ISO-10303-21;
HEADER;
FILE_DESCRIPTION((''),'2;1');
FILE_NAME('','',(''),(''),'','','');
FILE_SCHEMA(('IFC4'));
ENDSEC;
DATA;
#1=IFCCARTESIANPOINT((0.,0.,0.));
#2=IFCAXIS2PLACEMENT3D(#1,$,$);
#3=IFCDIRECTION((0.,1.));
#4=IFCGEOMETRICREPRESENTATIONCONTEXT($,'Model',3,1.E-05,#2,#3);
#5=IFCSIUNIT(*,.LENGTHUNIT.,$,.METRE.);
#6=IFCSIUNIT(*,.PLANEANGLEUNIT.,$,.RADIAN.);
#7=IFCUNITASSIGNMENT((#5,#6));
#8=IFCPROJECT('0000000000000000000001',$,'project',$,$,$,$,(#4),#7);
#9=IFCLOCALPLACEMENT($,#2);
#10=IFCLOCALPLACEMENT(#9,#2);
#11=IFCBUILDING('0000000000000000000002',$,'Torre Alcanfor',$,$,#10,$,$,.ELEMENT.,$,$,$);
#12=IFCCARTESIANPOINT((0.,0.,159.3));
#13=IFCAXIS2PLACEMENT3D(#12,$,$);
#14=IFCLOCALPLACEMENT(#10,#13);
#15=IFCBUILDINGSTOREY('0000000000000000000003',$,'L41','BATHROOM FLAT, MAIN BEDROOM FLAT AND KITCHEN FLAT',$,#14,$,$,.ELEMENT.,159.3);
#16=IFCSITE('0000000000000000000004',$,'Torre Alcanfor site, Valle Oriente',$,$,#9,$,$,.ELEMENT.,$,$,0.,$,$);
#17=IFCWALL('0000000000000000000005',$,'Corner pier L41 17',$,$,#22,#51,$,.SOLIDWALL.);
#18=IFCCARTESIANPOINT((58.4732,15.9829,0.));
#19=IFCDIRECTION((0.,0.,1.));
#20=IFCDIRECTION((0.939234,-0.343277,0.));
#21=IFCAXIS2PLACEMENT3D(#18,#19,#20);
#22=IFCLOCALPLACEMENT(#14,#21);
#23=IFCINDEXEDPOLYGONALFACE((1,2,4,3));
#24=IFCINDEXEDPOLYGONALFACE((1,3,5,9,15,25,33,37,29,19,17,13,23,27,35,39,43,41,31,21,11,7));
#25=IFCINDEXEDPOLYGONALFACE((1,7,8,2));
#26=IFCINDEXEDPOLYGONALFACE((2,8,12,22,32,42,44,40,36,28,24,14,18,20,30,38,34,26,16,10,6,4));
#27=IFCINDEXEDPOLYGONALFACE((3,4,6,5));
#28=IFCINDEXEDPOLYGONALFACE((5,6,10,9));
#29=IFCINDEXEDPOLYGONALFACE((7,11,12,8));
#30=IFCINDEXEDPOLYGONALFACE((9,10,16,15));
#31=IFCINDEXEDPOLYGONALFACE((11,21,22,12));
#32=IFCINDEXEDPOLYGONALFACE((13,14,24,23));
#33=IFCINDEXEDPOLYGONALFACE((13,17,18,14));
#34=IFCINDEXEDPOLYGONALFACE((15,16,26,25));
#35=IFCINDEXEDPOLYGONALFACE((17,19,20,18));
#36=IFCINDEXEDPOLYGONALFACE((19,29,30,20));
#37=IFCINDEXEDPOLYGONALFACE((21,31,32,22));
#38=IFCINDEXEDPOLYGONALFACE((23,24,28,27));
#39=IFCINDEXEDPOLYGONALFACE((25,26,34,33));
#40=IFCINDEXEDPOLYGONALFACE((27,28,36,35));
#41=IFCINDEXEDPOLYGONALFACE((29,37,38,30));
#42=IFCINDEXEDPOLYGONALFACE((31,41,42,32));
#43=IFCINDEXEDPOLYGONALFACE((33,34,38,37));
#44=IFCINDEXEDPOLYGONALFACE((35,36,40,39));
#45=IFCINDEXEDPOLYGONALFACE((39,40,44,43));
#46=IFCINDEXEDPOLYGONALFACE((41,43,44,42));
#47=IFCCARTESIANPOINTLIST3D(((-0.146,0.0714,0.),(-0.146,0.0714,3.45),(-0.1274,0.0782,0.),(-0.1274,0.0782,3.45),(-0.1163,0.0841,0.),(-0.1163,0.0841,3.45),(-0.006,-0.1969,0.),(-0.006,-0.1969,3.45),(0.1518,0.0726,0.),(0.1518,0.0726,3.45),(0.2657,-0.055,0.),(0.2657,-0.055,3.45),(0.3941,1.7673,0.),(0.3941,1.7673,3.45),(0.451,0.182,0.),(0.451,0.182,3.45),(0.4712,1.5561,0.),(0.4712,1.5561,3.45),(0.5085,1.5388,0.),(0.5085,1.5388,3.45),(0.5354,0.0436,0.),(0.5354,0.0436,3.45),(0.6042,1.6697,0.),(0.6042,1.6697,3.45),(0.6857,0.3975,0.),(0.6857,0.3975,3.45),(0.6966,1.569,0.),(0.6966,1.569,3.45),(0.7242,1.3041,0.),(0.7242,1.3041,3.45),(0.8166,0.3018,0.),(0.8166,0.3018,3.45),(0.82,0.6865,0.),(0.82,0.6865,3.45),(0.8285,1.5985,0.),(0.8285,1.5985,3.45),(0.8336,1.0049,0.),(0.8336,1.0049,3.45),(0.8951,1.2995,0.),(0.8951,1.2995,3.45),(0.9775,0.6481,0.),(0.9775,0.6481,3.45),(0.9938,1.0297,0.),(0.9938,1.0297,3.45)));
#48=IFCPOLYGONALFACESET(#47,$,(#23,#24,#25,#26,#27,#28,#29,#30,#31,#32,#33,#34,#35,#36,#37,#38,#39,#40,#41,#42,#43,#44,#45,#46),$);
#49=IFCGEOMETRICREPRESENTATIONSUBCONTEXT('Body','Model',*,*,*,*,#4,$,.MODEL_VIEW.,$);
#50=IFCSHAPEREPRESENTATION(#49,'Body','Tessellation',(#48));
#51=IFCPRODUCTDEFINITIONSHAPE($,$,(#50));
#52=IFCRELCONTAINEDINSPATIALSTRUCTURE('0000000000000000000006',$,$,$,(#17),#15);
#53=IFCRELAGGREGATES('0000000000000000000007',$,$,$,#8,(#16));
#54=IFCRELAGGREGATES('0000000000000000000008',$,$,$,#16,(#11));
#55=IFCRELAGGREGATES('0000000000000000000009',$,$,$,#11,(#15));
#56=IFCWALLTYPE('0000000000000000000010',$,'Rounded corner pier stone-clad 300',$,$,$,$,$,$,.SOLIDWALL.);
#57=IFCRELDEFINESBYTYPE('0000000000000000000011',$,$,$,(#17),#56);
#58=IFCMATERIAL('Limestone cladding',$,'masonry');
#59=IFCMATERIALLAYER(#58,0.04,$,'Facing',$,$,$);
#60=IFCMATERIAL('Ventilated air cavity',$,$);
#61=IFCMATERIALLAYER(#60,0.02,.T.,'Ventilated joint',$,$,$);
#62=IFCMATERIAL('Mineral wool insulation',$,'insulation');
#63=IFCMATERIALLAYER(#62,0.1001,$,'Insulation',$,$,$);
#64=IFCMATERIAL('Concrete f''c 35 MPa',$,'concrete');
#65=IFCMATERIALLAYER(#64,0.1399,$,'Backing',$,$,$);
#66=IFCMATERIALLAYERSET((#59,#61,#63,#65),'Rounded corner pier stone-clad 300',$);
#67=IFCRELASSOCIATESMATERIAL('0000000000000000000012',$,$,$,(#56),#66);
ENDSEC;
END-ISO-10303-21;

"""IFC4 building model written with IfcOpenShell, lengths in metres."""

from ifc_helpers import new_model, si_unit, direction, frame, origin, place, context, subcontext, project, spatial, polyline, outline, extrude, material, layer, layer_set, type_object, element, save


model = new_model("IFC4")

# Units and contexts
model_context = context("Model", 3, precision=1e-05, world=origin(), true_north=direction((0.0, 1.0)))
body_context = subcontext(model_context, "Body", "Model", "MODEL_VIEW")
ifc_project = project(units=[si_unit("LENGTHUNIT", "METRE"), si_unit("PLANEANGLEUNIT", "RADIAN")], contexts=[model_context])

# Site, building, storey
site_placement = place(None, origin())
site = spatial("IfcSite", under=ifc_project, at=site_placement, Name="Torre Alcanfor site, Valle Oriente", CompositionType="ELEMENT", RefElevation=0.0)
building_placement = place(site_placement, origin())
building = spatial("IfcBuilding", under=site, at=building_placement, Name="Torre Alcanfor", CompositionType="ELEMENT")
storey_placement = place(building_placement, frame((0.0, 0.0, 159.3)))
storey = spatial("IfcBuildingStorey", under=building, at=storey_placement, Name="L41", Description="BATHROOM FLAT, MAIN BEDROOM FLAT AND KITCHEN FLAT", CompositionType="ELEMENT", Elevation=159.3)

# Wall
ifc_material_1 = material(Name="Limestone cladding", Category="masonry")
ifc_layer_1 = layer(ifc_material_1, 0.04, Name="Facing")
ifc_material_2 = material(Name="Ventilated air cavity")
ifc_layer_2 = layer(ifc_material_2, 0.02, ventilated=True, Name="Ventilated joint")
ifc_material_3 = material(Name="Mineral wool insulation", Category="insulation")
ifc_layer_3 = layer(ifc_material_3, 0.1001, Name="Insulation")
ifc_material_4 = material(Name="Concrete f'c 35 MPa", Category="concrete")
ifc_layer_4 = layer(ifc_material_4, 0.1399, Name="Backing")
ifc_layer_set_1 = layer_set([ifc_layer_1, ifc_layer_2, ifc_layer_3, ifc_layer_4], Name="Rounded corner pier stone-clad 300")
wall_type_1 = type_object("IfcWallType", Name="Rounded corner pier stone-clad 300", PredefinedType="SOLIDWALL", material=ifc_layer_set_1)
wall_1_placement = place(storey_placement, frame((58.4732, 15.9829, 0.0), z_axis=(0.0, 0.0, 1.0), x_axis=(0.939234, -0.343277, 0.0)))
element("IfcWall", 1, at=wall_1_placement, inside=storey, type_object=wall_type_1, Name="Corner pier L41 17", PredefinedType="SOLIDWALL", context=body_context, shape_type="SweptSolid", body=[
    extrude(outline(polyline([(0.8285, 1.5985), (0.6966, 1.569), (0.6042, 1.6697), (0.3941, 1.7673), (0.4712, 1.5561), (0.5085, 1.5388), (0.7242, 1.3041), (0.8336, 1.0049), (0.82, 0.6865), (0.6857, 0.3975), (0.451, 0.182), (0.1518, 0.0726), (-0.1163, 0.0841), (-0.1274, 0.0782), (-0.146, 0.0714), (-0.006, -0.1969), (0.2657, -0.055), (0.5354, 0.0436), (0.8166, 0.3018), (0.9775, 0.6481), (0.9938, 1.0297), (0.8951, 1.2995), (0.8285, 1.5985)])), origin(), (0.0, 0.0, 1.0), 3.45),
])

save(model, "model.ifc")
